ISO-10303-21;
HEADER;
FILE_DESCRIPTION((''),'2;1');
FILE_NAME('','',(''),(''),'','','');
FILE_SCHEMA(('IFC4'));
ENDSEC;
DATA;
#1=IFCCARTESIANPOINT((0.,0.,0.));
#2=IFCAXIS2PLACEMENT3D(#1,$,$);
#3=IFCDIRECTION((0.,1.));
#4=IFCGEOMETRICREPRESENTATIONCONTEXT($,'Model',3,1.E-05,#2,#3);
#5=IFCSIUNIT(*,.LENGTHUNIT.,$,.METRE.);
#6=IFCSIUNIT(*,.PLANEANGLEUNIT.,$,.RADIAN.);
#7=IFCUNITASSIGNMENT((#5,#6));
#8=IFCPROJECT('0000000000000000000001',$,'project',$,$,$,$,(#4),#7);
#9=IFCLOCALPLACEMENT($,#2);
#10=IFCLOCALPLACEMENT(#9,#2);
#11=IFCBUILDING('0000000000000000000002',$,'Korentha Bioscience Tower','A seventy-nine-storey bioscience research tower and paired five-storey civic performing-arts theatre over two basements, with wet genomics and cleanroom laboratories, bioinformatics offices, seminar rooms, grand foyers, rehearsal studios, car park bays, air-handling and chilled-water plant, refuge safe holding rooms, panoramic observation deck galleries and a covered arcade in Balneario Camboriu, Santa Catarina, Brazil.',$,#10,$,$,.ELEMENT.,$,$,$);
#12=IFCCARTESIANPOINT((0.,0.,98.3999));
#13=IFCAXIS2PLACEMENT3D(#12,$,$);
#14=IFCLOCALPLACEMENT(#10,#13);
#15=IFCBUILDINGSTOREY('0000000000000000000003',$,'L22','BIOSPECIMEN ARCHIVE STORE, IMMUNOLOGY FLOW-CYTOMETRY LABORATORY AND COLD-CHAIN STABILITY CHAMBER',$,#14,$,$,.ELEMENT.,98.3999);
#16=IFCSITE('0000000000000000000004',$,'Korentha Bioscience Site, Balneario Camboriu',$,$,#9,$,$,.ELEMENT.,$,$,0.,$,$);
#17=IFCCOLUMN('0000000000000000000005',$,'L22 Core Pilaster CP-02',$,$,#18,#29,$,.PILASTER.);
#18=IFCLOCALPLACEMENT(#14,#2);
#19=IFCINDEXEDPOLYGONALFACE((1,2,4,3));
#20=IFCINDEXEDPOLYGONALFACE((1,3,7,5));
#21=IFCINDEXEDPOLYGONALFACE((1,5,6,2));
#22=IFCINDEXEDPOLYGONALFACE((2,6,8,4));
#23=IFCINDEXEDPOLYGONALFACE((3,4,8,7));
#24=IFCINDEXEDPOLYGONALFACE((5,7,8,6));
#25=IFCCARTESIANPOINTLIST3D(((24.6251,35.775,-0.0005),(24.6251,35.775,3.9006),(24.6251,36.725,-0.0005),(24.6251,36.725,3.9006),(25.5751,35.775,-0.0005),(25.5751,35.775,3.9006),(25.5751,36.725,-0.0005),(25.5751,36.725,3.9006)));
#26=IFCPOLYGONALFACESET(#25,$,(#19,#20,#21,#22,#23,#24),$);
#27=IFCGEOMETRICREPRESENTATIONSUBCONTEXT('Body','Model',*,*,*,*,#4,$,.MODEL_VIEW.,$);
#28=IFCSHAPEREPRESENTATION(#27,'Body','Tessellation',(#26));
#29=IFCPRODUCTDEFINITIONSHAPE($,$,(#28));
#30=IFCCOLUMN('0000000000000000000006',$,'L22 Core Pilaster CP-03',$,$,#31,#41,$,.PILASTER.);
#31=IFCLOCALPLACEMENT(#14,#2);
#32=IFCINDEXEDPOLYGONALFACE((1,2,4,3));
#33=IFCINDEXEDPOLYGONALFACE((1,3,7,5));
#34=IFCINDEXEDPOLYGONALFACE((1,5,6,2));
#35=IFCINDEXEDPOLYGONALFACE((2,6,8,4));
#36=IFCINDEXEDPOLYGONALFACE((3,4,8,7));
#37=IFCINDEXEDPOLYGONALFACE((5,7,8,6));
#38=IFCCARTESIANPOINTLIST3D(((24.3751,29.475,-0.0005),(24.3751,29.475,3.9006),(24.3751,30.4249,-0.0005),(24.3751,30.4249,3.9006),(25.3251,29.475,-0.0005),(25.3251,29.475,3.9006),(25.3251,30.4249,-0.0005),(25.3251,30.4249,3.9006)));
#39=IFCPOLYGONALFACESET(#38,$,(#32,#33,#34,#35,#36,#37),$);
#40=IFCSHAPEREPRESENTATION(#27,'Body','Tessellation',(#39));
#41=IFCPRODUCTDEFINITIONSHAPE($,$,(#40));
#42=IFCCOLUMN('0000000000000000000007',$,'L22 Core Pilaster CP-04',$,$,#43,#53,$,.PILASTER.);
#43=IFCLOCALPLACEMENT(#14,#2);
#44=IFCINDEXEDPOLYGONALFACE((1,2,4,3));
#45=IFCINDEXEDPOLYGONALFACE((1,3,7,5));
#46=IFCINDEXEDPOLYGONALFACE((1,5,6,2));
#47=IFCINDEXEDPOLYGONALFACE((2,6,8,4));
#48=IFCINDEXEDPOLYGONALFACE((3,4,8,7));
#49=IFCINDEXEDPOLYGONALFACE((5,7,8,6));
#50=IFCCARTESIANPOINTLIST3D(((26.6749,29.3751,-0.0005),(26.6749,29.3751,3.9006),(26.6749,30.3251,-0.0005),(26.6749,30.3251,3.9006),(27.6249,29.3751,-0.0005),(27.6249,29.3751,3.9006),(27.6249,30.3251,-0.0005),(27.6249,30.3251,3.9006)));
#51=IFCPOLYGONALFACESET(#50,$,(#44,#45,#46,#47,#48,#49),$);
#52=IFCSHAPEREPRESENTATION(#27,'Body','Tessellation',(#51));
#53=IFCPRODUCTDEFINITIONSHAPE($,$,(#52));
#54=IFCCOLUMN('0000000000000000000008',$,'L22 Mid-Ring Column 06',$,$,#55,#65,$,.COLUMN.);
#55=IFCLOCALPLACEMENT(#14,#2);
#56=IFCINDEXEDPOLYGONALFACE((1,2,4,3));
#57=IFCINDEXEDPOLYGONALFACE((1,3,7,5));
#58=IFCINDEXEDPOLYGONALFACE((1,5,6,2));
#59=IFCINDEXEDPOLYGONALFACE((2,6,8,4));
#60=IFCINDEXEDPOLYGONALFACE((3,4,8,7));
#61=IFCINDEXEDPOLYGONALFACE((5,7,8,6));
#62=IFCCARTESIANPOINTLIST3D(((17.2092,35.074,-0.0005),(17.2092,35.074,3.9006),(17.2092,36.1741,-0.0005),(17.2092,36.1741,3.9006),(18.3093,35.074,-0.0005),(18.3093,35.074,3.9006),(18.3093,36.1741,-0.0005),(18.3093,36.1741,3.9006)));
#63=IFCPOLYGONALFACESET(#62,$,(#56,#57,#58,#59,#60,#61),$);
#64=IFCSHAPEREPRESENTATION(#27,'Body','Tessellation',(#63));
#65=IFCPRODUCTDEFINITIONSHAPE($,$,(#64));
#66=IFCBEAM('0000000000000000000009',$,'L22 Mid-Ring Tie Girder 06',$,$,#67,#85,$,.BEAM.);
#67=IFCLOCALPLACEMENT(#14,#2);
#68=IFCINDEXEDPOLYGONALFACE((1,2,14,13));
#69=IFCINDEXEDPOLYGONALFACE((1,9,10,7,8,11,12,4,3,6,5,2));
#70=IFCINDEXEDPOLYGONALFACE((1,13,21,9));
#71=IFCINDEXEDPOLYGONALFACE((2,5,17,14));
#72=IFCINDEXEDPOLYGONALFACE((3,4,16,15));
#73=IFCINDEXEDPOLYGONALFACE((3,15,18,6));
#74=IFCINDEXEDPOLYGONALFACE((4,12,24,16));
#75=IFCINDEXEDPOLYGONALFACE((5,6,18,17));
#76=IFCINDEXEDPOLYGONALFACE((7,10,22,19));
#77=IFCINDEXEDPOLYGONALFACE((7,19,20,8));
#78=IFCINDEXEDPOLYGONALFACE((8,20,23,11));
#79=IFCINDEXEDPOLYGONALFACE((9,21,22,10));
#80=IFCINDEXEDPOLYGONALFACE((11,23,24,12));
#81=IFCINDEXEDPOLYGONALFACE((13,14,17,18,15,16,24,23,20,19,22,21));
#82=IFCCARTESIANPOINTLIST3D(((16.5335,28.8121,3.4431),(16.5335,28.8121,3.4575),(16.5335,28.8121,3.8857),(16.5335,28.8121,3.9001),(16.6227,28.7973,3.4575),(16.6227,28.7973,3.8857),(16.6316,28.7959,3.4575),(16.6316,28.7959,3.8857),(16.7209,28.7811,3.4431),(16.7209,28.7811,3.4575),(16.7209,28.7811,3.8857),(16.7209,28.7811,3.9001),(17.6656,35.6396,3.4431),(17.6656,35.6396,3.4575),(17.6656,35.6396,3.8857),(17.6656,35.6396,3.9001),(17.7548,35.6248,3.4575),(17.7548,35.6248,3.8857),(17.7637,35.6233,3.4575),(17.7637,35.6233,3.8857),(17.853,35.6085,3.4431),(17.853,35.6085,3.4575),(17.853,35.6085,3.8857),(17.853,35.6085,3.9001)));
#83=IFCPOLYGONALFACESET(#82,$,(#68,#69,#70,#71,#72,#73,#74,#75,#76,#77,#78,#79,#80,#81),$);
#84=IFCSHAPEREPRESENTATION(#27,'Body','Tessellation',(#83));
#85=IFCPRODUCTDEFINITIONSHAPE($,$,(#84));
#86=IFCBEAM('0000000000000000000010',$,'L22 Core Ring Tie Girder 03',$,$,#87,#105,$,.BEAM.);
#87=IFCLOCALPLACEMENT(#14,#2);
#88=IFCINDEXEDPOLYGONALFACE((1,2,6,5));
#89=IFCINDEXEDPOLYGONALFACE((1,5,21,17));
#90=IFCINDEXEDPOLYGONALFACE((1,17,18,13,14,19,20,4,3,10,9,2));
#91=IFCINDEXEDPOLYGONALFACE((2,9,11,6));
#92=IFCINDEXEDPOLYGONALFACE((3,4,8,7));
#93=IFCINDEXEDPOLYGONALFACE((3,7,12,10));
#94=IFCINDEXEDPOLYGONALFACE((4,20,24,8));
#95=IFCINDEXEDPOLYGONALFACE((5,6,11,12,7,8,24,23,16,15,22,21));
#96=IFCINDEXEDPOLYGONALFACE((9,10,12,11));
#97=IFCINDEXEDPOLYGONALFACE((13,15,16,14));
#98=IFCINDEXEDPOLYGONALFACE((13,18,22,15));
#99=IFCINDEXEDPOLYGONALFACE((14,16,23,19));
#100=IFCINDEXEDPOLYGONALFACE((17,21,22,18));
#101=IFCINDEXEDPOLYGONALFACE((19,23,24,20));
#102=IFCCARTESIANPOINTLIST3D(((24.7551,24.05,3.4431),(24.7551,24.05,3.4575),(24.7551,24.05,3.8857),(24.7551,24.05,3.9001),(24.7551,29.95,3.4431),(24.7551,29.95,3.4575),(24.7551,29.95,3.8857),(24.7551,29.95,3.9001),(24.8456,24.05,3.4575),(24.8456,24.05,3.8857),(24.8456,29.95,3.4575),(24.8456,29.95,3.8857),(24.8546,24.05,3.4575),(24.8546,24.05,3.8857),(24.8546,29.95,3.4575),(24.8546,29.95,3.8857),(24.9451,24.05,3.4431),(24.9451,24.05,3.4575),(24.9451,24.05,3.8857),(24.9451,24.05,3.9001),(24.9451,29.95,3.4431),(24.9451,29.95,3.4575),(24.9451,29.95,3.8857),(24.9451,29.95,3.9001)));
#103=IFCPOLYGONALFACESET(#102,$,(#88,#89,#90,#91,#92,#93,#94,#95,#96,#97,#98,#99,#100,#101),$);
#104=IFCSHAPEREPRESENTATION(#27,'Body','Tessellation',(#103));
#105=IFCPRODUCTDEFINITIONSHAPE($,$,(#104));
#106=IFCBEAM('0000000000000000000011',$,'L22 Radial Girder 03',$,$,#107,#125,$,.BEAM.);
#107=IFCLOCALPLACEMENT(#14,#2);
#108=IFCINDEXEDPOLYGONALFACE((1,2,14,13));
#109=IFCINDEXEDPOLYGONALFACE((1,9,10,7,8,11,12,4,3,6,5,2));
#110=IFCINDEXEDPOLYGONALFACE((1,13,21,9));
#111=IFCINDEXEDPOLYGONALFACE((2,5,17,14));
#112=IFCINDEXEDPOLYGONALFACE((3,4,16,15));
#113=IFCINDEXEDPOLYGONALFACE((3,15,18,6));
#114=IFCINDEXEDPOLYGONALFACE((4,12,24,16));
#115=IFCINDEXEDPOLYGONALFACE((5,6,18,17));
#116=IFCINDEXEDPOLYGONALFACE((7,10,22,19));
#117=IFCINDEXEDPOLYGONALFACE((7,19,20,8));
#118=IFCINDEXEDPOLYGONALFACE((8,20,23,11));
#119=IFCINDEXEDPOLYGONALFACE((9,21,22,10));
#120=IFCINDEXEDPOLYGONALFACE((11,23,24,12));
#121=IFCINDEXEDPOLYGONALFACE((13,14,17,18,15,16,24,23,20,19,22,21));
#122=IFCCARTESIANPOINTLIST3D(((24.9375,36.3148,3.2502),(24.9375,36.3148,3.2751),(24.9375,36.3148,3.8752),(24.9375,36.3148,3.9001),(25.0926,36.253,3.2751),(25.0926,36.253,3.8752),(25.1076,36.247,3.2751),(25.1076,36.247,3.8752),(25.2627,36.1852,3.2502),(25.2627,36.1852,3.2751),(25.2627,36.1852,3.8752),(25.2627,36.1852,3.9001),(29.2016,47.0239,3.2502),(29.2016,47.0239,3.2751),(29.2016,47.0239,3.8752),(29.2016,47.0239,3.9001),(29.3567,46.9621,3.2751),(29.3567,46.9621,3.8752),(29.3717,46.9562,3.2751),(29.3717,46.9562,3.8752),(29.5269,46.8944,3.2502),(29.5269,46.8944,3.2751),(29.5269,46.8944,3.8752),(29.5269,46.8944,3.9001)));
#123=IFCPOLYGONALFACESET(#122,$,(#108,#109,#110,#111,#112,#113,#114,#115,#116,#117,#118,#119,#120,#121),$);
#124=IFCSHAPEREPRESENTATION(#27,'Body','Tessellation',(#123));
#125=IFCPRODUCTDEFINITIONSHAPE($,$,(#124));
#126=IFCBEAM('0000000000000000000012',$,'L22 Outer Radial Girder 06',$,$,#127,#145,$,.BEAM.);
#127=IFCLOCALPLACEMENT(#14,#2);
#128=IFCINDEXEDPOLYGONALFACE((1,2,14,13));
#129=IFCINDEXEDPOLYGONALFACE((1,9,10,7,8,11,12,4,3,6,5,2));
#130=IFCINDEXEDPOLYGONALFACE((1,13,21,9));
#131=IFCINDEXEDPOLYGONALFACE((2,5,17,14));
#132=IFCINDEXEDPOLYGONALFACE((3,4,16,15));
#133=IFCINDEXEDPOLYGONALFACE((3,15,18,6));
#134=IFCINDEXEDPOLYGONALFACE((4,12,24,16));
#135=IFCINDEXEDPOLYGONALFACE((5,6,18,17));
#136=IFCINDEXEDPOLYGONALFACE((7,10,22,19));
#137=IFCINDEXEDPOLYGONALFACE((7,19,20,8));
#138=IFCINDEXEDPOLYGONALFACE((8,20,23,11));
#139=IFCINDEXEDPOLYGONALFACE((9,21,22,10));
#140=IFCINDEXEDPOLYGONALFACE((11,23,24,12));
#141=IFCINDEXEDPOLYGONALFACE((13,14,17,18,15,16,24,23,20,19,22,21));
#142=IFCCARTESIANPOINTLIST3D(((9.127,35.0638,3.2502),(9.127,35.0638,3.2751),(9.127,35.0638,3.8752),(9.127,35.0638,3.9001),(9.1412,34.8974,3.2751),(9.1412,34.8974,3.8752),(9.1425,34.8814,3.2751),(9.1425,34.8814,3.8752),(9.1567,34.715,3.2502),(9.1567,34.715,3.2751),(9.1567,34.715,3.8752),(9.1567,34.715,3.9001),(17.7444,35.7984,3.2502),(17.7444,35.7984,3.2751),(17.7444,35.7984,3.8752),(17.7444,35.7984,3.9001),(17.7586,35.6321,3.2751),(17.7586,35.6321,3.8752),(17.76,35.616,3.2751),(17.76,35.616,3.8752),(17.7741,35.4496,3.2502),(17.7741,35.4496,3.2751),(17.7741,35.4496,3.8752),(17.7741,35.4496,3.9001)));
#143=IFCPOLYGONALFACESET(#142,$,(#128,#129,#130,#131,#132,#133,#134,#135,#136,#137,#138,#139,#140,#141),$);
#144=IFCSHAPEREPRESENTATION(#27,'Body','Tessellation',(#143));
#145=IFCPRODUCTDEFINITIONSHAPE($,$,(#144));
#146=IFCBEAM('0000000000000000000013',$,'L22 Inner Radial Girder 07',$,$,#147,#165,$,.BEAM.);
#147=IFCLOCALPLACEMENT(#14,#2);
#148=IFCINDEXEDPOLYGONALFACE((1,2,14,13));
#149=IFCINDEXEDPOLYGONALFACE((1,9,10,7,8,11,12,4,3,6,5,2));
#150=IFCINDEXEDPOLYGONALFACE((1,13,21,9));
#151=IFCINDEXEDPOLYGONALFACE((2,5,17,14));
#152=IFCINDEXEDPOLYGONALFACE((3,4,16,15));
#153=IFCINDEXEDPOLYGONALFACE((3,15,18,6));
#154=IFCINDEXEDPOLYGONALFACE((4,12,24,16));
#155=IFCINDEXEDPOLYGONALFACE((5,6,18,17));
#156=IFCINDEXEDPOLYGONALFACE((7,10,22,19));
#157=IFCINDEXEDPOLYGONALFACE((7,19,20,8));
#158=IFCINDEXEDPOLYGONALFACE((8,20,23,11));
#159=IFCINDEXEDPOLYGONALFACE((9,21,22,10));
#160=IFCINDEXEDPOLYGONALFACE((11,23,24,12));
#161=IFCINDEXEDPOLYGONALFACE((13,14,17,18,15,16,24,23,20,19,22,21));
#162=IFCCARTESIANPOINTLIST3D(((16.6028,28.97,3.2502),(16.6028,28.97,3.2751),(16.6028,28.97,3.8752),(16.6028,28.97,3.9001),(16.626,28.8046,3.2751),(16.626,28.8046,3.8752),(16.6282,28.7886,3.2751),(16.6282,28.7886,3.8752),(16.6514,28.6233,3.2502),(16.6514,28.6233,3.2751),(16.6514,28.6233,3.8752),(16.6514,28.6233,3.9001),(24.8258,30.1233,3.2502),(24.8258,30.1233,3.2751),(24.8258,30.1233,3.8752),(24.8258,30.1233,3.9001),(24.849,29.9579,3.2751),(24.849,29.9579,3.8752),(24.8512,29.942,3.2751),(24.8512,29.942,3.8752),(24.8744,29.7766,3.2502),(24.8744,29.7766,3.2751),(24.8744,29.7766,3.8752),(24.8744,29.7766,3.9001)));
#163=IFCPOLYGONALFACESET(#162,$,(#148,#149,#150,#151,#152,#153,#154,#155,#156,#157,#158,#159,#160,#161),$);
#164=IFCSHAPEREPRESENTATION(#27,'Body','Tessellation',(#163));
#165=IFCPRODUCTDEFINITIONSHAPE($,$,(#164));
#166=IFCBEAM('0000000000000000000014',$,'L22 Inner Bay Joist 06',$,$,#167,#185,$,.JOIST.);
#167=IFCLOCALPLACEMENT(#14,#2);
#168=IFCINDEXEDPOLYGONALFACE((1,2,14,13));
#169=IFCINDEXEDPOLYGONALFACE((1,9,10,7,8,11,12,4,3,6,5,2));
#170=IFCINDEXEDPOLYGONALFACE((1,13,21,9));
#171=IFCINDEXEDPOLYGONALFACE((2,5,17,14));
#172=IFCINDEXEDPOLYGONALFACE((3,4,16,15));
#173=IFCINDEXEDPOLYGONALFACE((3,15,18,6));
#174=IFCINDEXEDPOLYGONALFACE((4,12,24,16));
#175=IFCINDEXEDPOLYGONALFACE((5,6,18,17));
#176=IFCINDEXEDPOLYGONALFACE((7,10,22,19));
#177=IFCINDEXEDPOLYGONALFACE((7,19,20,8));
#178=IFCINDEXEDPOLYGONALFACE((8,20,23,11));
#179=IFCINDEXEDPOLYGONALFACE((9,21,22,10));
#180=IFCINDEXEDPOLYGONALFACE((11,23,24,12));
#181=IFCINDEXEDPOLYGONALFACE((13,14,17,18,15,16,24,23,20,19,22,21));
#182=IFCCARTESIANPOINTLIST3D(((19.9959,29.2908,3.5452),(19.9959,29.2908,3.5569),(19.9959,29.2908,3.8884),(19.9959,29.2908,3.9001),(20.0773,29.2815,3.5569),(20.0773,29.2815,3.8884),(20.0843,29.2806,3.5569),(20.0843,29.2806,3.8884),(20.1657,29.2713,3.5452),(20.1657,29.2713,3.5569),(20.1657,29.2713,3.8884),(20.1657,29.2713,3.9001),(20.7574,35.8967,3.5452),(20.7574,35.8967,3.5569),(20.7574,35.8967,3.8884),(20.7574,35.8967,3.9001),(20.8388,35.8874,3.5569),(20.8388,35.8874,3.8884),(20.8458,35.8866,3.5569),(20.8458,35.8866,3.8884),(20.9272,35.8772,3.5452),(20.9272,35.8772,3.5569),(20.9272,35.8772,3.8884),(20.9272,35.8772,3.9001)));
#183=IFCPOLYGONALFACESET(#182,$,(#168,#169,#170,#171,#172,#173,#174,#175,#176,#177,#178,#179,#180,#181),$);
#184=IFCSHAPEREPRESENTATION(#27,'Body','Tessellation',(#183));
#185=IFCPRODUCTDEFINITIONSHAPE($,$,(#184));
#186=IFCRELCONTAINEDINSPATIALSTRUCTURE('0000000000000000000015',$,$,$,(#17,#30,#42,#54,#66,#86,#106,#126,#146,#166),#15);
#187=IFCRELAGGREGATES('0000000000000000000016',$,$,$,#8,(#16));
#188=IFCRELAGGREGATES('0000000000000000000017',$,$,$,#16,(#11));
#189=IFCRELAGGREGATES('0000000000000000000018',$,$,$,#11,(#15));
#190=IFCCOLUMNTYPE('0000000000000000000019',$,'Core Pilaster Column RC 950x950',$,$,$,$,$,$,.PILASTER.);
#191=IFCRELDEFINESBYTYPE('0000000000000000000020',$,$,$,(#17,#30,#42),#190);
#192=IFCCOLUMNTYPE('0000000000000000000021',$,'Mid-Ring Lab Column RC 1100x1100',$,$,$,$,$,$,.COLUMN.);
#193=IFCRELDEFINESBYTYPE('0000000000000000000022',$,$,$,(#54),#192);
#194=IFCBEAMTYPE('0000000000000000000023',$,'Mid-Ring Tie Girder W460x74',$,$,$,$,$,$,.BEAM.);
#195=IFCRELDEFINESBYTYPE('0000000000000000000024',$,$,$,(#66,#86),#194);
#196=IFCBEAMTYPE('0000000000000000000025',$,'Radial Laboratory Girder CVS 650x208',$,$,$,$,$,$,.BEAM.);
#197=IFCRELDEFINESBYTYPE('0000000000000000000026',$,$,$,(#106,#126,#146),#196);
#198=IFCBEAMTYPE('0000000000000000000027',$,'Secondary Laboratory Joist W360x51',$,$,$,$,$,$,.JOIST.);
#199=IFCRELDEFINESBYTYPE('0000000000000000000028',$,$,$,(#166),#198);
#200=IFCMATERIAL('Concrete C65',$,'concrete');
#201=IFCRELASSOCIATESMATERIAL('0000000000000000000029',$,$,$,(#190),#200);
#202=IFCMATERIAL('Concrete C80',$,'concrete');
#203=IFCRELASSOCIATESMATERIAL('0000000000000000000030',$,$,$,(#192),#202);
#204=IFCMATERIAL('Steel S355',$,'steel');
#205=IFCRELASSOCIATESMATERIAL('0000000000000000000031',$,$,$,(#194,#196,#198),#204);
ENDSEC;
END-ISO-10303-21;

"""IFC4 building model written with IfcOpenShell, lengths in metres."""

from ifc_helpers import new_model, si_unit, direction, frame, origin, origin_2d, place, context, subcontext, project, spatial, rectangle, i_section, extrude, material, material_profile, profile_set, type_object, element, save


model = new_model("IFC4")

# Units and contexts
model_context = context("Model", 3, precision=1e-05, world=origin(), true_north=direction((0.0, 1.0)))
body_context = subcontext(model_context, "Body", "Model", "MODEL_VIEW")
ifc_project = project(units=[si_unit("LENGTHUNIT", "METRE"), si_unit("PLANEANGLEUNIT", "RADIAN")], contexts=[model_context])

# Site, building, storey
site_placement = place(None, origin())
site = spatial("IfcSite", under=ifc_project, at=site_placement, Name="Korentha Bioscience Site, Balneario Camboriu", CompositionType="ELEMENT", RefElevation=0.0)
building_placement = place(site_placement, origin())
building = spatial("IfcBuilding", under=site, at=building_placement, Name="Korentha Bioscience Tower", Description="A seventy-nine-storey bioscience research tower and paired five-storey civic performing-arts theatre over two basements, with wet genomics and cleanroom laboratories, bioinformatics offices, seminar rooms, grand foyers, rehearsal studios, car park bays, air-handling and chilled-water plant, refuge safe holding rooms, panoramic observation deck galleries and a covered arcade in Balneario Camboriu, Santa Catarina, Brazil.", CompositionType="ELEMENT")
storey_placement = place(building_placement, frame((0.0, 0.0, 98.3999)))
storey = spatial("IfcBuildingStorey", under=building, at=storey_placement, Name="L22", Description="BIOSPECIMEN ARCHIVE STORE, IMMUNOLOGY FLOW-CYTOMETRY LABORATORY AND COLD-CHAIN STABILITY CHAMBER", CompositionType="ELEMENT", Elevation=98.3999)

# Columns
ifc_material_1 = material(Name="Concrete C65", Category="concrete")
ifc_material_profile_1 = material_profile(ifc_material_1, rectangle(XDim=0.95, YDim=0.95, at=origin_2d()), Name="Concrete C65")
ifc_profile_set_1 = profile_set([ifc_material_profile_1], Name="Concrete C65 (COL-CP09)")
column_type_1 = type_object("IfcColumnType", Name="Core Pilaster Column RC 950x950", PredefinedType="PILASTER", material=ifc_profile_set_1)
for number, where, z_axis, x_axis, name in (
    (1, (25.1001, 36.25, -0.0005), (0.0, 0.0, 1.0), (1.0, 0.0, 0.0), "L22 Core Pilaster CP-02"),
    (2, (24.8501, 29.95, -0.0005), (0.0, 0.0, 1.0), (1.0, 0.0, 0.0), "L22 Core Pilaster CP-03"),
    (3, (27.1499, 29.8501, -0.0005), (0.0, 0.0, 1.0), (1.0, 0.0, 0.0), "L22 Core Pilaster CP-04"),
):
    element("IfcColumn", number, at=place(storey_placement, frame(where, z_axis=z_axis, x_axis=x_axis)), inside=storey, type_object=column_type_1, Name=name, PredefinedType="PILASTER", context=body_context, shape_type="SweptSolid", body=[
        extrude(rectangle(XDim=0.95, YDim=0.95, at=origin_2d()), origin(), (0.0, 0.0, 1.0), 3.9011),
    ])
ifc_material_2 = material(Name="Concrete C80", Category="concrete")
ifc_material_profile_2 = material_profile(ifc_material_2, rectangle(XDim=1.1001, YDim=1.1001, at=origin_2d()), Name="Concrete C80")
ifc_profile_set_2 = profile_set([ifc_material_profile_2], Name="Concrete C80 (COL-MR11)")
column_type_2 = type_object("IfcColumnType", Name="Mid-Ring Lab Column RC 1100x1100", PredefinedType="COLUMN", material=ifc_profile_set_2)
column_placement = place(storey_placement, frame((17.7593, 35.624, -0.0005), z_axis=(0.0, 0.0, 1.0), x_axis=(1.0, 0.0, 0.0)))
element("IfcColumn", 4, at=column_placement, inside=storey, type_object=column_type_2, Name="L22 Mid-Ring Column 06", PredefinedType="COLUMN", context=body_context, shape_type="SweptSolid", body=[
    extrude(rectangle(XDim=1.1001, YDim=1.1001, at=origin_2d()), origin(), (0.0, 0.0, 1.0), 3.9011),
])

# Beams
ifc_material_3 = material(Name="Steel S355", Category="steel")
ifc_material_profile_3 = material_profile(ifc_material_3, i_section(OverallWidth=0.1899, OverallDepth=0.457, WebThickness=0.009, FlangeThickness=0.0144, at=origin_2d()), Name="Steel S355")
ifc_profile_set_3 = profile_set([ifc_material_profile_3], Name="Steel S355 (MB-460)")
beam_type_1 = type_object("IfcBeamType", Name="Mid-Ring Tie Girder W460x74", PredefinedType="BEAM", material=ifc_profile_set_3)
beam_1_placement = place(storey_placement, frame((17.7593, 35.624, 3.6716), z_axis=(-0.163581, -0.98653, 0.0), x_axis=(0.98653, -0.163581, 0.0)))
element("IfcBeam", 5, at=beam_1_placement, inside=storey, type_object=beam_type_1, Name="L22 Mid-Ring Tie Girder 06", PredefinedType="BEAM", context=body_context, shape_type="SweptSolid", body=[
    extrude(i_section(OverallWidth=0.1899, OverallDepth=0.457, WebThickness=0.009, FlangeThickness=0.0144, at=origin_2d()), origin(), (0.0, 0.0, 1.0), 6.9207),
])
beam_2_placement = place(storey_placement, frame((24.8501, 29.95, 3.6716), z_axis=(0.0, -1.0, 0.0), x_axis=(1.0, 0.0, 0.0)))
element("IfcBeam", 6, at=beam_2_placement, inside=storey, type_object=beam_type_1, Name="L22 Core Ring Tie Girder 03", PredefinedType="BEAM", context=body_context, shape_type="SweptSolid", body=[
    extrude(i_section(OverallWidth=0.1899, OverallDepth=0.457, WebThickness=0.009, FlangeThickness=0.0144, at=origin_2d()), origin(), (0.0, 0.0, 1.0), 5.8999),
])
ifc_material_profile_4 = material_profile(ifc_material_3, i_section(OverallWidth=0.3501, OverallDepth=0.6499, WebThickness=0.0161, FlangeThickness=0.0249, at=origin_2d()), Name="Steel S355")
ifc_profile_set_4 = profile_set([ifc_material_profile_4], Name="Steel S355 (RB-650)")
beam_type_2 = type_object("IfcBeamType", Name="Radial Laboratory Girder CVS 650x208", PredefinedType="BEAM", material=ifc_profile_set_4)
beam_3_placement = place(storey_placement, frame((25.1001, 36.25, 3.5752), z_axis=(0.36993, 0.92906, 0.0), x_axis=(-0.92906, 0.36993, 0.0)))
element("IfcBeam", 7, at=beam_3_placement, inside=storey, type_object=beam_type_2, Name="L22 Radial Girder 03", PredefinedType="BEAM", context=body_context, shape_type="SweptSolid", body=[
    extrude(i_section(OverallWidth=0.3501, OverallDepth=0.6499, WebThickness=0.0161, FlangeThickness=0.0249, at=origin_2d()), origin(), (0.0, 0.0, 1.0), 11.5269),
])
beam_4_placement = place(storey_placement, frame((17.7593, 35.624, 3.5752), z_axis=(-0.996386, -0.08494, 0.0), x_axis=(0.08494, -0.996386, 0.0)))
element("IfcBeam", 8, at=beam_4_placement, inside=storey, type_object=beam_type_2, Name="L22 Outer Radial Girder 06", PredefinedType="BEAM", context=body_context, shape_type="SweptSolid", body=[
    extrude(i_section(OverallWidth=0.3501, OverallDepth=0.6499, WebThickness=0.0161, FlangeThickness=0.0249, at=origin_2d()), origin(), (0.0, 0.0, 1.0), 8.6487),
])
beam_5_placement = place(storey_placement, frame((24.8501, 29.95, 3.5752), z_axis=(-0.990307, -0.138898, 0.0), x_axis=(0.138898, -0.990307, 0.0)))
element("IfcBeam", 9, at=beam_5_placement, inside=storey, type_object=beam_type_2, Name="L22 Inner Radial Girder 07", PredefinedType="BEAM", context=body_context, shape_type="SweptSolid", body=[
    extrude(i_section(OverallWidth=0.3501, OverallDepth=0.6499, WebThickness=0.0161, FlangeThickness=0.0249, at=origin_2d()), origin(), (0.0, 0.0, 1.0), 8.3035),
])
ifc_material_profile_5 = material_profile(ifc_material_3, i_section(OverallWidth=0.1709, OverallDepth=0.355, WebThickness=0.0071, FlangeThickness=0.0117, at=origin_2d()), Name="Steel S355")
ifc_profile_set_5 = profile_set([ifc_material_profile_5], Name="Steel S355 (JB-360)")
beam_type_3 = type_object("IfcBeamType", Name="Secondary Laboratory Joist W360x51", PredefinedType="JOIST", material=ifc_profile_set_5)
beam_6_placement = place(storey_placement, frame((20.8423, 35.887, 3.7227), z_axis=(-0.114513, -0.993422, 0.0), x_axis=(0.993422, -0.114513, 0.0)))
element("IfcBeam", 10, at=beam_6_placement, inside=storey, type_object=beam_type_3, Name="L22 Inner Bay Joist 06", PredefinedType="JOIST", context=body_context, shape_type="SweptSolid", body=[
    extrude(i_section(OverallWidth=0.1709, OverallDepth=0.355, WebThickness=0.0071, FlangeThickness=0.0117, at=origin_2d()), origin(), (0.0, 0.0, 1.0), 6.6497),
])

save(model, "model.ifc")
